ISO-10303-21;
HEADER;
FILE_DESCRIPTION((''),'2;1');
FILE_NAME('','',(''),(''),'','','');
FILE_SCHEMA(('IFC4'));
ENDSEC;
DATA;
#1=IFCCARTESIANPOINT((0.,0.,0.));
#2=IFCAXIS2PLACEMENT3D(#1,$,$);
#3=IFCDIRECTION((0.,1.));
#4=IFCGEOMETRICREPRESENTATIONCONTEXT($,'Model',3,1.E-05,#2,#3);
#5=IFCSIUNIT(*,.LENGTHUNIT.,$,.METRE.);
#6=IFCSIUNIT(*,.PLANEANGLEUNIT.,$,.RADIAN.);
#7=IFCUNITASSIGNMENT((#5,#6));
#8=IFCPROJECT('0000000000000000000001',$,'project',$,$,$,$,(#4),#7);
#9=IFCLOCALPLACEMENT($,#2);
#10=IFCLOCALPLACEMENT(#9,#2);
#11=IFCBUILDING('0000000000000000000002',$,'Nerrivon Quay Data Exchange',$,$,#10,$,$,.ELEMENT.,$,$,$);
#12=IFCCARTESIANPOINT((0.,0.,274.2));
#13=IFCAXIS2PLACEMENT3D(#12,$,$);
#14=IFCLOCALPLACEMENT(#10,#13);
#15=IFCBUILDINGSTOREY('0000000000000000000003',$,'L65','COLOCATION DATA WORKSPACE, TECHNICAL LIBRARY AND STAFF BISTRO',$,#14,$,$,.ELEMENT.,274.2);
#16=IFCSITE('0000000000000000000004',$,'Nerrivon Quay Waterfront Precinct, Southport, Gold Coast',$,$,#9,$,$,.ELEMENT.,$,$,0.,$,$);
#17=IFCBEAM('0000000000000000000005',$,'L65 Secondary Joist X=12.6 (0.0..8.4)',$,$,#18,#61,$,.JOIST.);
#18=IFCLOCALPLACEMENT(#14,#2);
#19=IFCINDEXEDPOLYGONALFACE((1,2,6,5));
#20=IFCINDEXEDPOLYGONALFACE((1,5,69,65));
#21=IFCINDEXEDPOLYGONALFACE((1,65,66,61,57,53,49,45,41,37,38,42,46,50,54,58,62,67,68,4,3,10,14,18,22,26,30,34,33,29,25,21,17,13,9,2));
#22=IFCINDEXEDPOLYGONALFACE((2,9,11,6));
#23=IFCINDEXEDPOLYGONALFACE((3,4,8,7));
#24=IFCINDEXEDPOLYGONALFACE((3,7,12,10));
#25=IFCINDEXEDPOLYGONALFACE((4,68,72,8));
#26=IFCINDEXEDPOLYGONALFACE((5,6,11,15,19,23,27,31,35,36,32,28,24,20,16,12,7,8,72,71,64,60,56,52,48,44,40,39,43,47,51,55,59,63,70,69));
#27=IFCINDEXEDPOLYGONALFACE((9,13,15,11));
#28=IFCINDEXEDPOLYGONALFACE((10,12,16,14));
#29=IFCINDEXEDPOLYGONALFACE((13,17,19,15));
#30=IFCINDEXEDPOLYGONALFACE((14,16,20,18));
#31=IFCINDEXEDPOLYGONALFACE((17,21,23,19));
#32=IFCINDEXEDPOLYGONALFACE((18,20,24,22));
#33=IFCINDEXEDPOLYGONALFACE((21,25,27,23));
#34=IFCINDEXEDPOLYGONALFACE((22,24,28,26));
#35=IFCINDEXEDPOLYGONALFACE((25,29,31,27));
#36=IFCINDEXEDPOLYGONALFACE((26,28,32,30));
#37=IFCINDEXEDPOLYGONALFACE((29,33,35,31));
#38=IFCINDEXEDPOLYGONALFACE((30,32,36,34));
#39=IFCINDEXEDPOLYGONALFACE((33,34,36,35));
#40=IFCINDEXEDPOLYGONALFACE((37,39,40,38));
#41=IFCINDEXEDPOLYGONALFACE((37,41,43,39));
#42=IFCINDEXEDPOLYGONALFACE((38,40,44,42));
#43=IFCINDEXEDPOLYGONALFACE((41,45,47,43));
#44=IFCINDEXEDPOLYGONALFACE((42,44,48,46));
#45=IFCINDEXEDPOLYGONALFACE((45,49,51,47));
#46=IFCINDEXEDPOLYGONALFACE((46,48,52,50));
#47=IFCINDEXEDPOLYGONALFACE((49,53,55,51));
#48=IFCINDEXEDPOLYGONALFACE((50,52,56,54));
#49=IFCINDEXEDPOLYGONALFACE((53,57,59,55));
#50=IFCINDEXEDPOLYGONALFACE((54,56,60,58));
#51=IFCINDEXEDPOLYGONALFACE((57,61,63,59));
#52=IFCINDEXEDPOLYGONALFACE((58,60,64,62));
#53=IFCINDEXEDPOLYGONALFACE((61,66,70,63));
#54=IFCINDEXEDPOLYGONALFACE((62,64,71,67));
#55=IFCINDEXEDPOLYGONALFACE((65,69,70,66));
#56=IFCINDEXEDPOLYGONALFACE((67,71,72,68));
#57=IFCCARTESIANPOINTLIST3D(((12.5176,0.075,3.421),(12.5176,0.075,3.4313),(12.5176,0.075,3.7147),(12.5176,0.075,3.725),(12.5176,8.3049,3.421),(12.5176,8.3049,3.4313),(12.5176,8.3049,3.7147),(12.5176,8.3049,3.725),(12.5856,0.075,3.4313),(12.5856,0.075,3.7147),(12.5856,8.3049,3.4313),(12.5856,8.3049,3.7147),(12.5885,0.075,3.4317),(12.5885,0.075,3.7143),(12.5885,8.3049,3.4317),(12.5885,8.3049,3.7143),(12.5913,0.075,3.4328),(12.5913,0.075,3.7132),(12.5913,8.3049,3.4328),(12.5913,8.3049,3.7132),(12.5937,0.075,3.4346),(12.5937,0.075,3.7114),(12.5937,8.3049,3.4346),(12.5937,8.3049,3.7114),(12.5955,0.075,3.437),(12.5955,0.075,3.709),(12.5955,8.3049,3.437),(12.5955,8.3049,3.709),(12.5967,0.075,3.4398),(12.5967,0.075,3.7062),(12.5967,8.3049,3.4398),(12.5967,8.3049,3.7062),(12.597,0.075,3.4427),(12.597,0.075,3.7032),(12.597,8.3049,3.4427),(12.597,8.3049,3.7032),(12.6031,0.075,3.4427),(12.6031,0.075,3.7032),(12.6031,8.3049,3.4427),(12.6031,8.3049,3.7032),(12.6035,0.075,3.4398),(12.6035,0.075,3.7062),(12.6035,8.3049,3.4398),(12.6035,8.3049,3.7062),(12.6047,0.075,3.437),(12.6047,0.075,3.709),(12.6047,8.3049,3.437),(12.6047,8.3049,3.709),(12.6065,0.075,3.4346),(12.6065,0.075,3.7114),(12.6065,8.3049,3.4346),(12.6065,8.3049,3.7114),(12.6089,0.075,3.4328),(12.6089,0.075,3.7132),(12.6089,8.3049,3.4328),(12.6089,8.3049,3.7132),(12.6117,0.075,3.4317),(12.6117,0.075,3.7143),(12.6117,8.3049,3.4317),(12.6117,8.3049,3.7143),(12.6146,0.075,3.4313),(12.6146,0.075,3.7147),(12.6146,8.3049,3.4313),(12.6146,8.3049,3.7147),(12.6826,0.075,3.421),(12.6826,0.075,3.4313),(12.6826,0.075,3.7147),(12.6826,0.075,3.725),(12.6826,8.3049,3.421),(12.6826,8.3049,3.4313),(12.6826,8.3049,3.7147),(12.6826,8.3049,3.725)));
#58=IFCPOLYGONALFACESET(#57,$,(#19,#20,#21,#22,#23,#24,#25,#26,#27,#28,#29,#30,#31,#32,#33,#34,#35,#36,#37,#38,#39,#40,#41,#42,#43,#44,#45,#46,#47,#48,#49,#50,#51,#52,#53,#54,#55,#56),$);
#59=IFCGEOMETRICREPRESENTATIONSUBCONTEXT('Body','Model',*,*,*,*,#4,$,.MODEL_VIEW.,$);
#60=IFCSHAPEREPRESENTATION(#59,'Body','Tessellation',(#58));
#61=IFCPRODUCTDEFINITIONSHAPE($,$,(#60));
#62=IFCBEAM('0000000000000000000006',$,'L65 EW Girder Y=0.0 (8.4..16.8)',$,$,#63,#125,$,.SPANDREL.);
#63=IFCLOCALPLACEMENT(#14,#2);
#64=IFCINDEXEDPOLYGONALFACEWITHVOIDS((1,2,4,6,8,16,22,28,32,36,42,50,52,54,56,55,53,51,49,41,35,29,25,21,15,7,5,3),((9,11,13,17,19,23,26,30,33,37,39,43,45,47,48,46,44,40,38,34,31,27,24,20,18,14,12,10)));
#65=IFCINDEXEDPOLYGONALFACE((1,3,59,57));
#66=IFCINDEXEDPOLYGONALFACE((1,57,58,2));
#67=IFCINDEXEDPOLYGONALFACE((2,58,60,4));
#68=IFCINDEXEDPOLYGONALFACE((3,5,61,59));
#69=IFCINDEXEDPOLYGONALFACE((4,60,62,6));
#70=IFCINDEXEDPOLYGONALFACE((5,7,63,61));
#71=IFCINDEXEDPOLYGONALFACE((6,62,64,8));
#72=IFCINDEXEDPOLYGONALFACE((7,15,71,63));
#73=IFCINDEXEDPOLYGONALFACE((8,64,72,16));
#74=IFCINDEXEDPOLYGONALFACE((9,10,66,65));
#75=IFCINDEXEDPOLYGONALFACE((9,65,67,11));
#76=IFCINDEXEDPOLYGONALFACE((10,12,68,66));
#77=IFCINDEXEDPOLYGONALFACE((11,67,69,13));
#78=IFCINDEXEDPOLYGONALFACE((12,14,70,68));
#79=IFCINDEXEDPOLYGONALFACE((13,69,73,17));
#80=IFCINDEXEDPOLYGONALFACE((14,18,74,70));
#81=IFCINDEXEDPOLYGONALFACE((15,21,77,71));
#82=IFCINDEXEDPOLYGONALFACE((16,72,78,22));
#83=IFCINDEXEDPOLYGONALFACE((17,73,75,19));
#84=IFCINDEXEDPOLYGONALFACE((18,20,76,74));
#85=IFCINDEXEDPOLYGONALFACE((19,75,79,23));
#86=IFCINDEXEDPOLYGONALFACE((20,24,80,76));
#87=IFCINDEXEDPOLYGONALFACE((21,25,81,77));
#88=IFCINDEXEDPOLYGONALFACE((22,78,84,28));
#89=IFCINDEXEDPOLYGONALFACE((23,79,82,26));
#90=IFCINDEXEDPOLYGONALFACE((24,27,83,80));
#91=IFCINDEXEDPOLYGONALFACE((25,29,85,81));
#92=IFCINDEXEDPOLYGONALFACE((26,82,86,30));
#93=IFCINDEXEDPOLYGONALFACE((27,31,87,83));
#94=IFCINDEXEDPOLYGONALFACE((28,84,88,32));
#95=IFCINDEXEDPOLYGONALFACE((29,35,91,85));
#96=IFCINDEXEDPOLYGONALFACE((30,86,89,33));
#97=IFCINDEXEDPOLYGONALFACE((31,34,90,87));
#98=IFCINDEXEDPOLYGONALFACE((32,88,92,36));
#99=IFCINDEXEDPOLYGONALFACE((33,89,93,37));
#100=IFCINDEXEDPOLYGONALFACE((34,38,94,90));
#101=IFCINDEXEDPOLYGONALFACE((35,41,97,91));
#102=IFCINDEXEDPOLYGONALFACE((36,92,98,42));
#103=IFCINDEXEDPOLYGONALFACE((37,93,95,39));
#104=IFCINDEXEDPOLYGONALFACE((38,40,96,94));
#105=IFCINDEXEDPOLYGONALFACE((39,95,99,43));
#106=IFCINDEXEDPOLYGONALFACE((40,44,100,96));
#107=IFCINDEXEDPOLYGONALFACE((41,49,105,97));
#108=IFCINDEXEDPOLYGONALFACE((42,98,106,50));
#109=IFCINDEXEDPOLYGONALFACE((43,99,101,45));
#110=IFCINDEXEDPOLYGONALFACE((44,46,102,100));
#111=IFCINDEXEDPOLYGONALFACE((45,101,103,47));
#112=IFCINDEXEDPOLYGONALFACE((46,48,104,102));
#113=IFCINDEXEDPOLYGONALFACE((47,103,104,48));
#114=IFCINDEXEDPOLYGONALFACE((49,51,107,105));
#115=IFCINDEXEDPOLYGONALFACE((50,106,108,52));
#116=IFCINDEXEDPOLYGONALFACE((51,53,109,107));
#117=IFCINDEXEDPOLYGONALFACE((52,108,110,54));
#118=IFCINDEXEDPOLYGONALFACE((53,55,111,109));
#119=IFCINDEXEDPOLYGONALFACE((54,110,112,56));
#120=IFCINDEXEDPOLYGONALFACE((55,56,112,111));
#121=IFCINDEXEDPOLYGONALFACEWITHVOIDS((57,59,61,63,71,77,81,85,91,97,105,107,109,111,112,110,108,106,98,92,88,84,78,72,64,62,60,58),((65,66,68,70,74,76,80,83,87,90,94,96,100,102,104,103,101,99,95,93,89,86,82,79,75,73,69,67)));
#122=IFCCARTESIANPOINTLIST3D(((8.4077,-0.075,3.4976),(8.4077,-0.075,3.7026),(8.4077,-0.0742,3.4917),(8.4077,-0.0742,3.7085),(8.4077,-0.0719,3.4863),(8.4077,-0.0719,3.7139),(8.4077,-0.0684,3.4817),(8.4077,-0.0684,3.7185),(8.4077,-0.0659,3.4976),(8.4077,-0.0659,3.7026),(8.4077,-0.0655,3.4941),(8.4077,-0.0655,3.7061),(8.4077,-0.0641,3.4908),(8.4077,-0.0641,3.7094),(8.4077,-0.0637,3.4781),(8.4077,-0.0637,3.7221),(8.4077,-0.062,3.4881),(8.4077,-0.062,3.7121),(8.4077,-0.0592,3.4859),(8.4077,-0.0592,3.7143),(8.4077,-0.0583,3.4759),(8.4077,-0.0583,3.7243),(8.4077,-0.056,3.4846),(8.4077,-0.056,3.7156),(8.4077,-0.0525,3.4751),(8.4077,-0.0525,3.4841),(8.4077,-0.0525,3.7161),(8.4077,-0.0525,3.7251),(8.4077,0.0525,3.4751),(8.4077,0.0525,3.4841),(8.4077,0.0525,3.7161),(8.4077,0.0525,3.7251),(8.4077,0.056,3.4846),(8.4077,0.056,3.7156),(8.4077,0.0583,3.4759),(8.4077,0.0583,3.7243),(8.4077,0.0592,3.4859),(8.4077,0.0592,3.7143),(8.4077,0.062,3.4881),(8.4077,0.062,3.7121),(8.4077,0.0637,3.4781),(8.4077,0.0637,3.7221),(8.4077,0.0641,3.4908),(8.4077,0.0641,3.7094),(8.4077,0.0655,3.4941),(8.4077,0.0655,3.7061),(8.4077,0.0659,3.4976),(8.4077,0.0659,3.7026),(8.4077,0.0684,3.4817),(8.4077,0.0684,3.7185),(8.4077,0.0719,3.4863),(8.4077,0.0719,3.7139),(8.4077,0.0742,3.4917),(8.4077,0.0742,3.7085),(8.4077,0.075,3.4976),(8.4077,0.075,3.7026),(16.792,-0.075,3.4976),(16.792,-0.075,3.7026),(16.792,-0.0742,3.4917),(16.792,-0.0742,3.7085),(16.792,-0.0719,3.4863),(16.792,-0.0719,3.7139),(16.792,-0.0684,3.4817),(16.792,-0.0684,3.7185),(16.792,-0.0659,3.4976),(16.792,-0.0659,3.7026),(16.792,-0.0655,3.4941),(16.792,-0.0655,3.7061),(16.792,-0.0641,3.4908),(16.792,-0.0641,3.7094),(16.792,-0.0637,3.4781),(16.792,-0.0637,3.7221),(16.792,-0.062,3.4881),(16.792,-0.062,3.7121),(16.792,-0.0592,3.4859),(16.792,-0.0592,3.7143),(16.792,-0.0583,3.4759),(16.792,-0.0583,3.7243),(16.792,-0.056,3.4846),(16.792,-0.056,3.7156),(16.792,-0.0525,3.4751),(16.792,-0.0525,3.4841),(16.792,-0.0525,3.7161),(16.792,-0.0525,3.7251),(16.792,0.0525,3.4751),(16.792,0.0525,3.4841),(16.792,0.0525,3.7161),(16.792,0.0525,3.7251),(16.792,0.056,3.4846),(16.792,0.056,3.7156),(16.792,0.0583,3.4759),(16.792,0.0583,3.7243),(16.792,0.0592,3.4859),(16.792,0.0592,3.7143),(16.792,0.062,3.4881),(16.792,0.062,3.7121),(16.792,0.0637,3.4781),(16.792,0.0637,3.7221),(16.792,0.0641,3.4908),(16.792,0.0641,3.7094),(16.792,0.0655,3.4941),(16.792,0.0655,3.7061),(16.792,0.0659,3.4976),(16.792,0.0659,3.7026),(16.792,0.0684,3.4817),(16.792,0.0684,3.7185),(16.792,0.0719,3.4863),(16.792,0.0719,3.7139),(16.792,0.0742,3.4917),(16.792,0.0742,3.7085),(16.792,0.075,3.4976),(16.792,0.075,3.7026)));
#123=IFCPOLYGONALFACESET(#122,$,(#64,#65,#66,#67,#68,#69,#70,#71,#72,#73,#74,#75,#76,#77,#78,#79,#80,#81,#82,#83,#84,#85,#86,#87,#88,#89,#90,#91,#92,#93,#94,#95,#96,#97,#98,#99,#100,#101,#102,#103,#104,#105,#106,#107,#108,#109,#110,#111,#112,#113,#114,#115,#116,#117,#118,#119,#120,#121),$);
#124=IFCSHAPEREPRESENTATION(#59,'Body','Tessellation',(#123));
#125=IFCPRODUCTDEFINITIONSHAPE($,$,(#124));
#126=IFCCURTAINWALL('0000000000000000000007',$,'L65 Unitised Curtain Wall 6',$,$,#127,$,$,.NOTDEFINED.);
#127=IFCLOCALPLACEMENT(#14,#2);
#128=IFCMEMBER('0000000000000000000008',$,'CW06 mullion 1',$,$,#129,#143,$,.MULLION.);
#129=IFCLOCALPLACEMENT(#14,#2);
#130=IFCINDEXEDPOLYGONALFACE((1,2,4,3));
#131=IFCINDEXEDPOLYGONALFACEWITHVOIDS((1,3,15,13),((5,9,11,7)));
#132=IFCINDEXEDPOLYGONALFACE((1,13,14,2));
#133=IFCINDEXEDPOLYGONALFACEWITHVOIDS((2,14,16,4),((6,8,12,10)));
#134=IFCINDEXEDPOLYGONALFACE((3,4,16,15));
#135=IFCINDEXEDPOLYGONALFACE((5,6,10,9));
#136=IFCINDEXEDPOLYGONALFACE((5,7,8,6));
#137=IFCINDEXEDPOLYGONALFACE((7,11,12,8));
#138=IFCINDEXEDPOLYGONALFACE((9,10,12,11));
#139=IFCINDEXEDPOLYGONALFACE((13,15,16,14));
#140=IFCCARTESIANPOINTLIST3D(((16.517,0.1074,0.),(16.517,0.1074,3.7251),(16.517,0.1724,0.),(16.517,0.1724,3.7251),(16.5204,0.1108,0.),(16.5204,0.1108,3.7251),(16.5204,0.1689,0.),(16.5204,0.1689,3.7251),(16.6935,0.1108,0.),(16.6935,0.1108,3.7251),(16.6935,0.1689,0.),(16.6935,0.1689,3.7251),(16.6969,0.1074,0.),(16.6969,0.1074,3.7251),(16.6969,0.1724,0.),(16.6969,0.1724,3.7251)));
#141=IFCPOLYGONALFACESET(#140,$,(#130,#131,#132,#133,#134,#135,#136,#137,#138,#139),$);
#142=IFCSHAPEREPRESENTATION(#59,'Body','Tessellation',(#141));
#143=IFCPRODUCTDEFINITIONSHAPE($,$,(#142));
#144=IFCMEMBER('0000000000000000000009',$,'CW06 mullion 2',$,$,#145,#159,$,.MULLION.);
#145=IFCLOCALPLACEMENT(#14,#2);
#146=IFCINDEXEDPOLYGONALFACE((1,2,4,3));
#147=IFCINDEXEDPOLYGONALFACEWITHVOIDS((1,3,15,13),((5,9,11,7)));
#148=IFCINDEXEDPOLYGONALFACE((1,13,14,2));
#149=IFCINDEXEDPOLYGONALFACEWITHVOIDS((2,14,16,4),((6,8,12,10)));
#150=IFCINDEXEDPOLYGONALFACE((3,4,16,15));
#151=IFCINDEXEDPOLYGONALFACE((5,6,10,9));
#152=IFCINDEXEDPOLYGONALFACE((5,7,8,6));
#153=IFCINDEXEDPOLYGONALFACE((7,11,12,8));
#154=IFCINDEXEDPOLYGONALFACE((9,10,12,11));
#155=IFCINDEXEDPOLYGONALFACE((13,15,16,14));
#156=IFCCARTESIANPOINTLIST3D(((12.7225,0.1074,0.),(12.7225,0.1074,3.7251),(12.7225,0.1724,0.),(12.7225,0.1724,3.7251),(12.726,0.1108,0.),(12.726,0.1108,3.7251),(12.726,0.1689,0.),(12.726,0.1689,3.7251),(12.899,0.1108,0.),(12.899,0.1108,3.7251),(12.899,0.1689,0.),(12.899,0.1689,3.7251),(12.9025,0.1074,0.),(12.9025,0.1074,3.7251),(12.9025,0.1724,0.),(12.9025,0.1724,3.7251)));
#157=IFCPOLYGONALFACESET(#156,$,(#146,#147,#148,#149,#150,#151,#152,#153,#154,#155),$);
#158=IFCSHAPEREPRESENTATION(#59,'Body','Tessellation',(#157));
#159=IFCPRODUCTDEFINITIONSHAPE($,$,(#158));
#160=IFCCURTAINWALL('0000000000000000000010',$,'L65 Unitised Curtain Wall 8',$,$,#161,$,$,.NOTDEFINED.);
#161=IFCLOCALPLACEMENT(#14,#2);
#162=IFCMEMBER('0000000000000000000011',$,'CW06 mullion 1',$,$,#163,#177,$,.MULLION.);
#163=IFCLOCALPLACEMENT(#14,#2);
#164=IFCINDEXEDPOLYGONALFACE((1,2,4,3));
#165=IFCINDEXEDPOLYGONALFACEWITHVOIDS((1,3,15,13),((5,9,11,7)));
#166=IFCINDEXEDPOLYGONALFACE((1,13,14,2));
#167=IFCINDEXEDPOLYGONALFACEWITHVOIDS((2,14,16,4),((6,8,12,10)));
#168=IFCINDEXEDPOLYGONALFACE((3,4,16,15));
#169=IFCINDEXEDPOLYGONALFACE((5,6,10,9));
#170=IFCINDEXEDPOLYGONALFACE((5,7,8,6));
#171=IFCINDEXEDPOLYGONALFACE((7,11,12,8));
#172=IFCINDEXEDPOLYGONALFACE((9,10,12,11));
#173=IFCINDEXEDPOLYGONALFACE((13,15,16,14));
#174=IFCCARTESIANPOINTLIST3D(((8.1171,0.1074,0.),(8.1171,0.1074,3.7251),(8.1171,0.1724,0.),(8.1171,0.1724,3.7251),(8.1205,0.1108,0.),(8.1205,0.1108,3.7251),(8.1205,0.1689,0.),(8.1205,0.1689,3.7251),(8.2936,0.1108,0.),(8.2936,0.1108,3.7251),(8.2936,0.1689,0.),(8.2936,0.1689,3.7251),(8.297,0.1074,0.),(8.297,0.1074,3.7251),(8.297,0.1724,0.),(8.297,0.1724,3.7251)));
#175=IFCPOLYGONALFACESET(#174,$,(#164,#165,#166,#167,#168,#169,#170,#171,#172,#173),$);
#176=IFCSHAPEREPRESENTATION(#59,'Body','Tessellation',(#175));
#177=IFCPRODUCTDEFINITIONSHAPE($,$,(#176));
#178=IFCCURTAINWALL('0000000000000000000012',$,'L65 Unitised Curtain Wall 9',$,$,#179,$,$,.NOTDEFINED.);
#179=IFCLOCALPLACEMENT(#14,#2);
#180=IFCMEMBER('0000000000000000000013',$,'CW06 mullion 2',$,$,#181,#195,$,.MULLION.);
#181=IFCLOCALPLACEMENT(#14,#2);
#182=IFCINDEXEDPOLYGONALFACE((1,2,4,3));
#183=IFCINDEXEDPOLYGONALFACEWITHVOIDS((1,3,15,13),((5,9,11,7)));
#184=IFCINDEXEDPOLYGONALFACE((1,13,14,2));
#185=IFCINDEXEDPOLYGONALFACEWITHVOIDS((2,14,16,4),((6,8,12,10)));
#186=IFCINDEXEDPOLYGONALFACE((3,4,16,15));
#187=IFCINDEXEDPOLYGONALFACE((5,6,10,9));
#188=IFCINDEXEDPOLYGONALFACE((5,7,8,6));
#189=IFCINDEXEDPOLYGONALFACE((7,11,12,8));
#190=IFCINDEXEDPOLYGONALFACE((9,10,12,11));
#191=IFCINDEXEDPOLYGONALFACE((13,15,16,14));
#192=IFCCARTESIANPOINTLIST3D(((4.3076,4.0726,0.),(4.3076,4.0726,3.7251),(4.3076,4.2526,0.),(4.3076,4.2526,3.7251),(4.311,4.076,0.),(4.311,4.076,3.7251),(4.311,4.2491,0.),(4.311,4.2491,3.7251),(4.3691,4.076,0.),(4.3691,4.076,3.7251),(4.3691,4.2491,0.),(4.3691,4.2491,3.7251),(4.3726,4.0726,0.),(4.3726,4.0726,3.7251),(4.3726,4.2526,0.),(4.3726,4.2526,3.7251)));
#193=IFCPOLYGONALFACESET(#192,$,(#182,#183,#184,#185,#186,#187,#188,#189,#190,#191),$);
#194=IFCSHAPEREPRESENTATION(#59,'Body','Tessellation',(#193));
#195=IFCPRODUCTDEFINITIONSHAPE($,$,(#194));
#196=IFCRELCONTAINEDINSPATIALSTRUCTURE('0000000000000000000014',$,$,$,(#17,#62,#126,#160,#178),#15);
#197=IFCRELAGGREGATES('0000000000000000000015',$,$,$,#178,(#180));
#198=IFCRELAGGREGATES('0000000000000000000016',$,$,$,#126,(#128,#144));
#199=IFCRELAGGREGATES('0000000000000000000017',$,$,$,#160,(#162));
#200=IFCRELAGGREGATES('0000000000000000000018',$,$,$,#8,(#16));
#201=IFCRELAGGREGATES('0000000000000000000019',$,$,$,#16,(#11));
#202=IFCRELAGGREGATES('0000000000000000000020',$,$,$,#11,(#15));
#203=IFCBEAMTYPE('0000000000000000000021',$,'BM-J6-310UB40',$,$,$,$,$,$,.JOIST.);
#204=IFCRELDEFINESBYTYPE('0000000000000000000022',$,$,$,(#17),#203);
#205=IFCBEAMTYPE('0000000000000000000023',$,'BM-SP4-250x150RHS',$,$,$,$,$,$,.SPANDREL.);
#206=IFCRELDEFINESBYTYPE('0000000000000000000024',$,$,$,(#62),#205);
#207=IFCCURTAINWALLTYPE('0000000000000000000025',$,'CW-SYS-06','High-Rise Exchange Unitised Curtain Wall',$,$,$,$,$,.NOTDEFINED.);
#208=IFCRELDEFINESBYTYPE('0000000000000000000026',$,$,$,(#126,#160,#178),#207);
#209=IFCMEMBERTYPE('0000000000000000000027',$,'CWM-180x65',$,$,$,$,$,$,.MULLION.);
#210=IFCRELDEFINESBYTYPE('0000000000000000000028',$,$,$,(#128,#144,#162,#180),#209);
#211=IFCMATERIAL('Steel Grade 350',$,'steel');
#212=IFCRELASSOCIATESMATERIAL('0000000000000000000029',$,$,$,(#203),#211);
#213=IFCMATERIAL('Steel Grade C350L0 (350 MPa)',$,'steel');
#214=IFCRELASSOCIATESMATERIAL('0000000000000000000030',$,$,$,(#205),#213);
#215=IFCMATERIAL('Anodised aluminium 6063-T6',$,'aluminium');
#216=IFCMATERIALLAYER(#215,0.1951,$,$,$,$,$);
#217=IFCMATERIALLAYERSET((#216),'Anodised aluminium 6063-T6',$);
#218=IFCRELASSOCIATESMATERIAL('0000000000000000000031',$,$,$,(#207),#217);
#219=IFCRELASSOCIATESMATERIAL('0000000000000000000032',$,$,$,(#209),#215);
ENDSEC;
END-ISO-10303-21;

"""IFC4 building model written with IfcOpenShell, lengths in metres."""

from ifc_helpers import new_model, si_unit, direction, frame, origin, origin_2d, place, context, subcontext, project, spatial, hollow_rectangle, i_section, extrude, material, layer, layer_set, material_profile, profile_set, type_object, element, aggregate, save


model = new_model("IFC4")

# Units and contexts
model_context = context("Model", 3, precision=1e-05, world=origin(), true_north=direction((0.0, 1.0)))
body_context = subcontext(model_context, "Body", "Model", "MODEL_VIEW")
ifc_project = project(units=[si_unit("LENGTHUNIT", "METRE"), si_unit("PLANEANGLEUNIT", "RADIAN")], contexts=[model_context])

# Site, building, storey
site_placement = place(None, origin())
site = spatial("IfcSite", under=ifc_project, at=site_placement, Name="Nerrivon Quay Waterfront Precinct, Southport, Gold Coast", CompositionType="ELEMENT", RefElevation=0.0)
building_placement = place(site_placement, origin())
building = spatial("IfcBuilding", under=site, at=building_placement, Name="Nerrivon Quay Data Exchange", CompositionType="ELEMENT")
storey_placement = place(building_placement, frame((0.0, 0.0, 274.2)))
storey = spatial("IfcBuildingStorey", under=building, at=storey_placement, Name="L65", Description="COLOCATION DATA WORKSPACE, TECHNICAL LIBRARY AND STAFF BISTRO", CompositionType="ELEMENT", Elevation=274.2)

# Shared definitions
ifc_material_1 = material(Name="Steel Grade 350", Category="steel")

# Beams
ifc_material_profile_1 = material_profile(ifc_material_1, i_section(OverallWidth=0.165, OverallDepth=0.304, WebThickness=0.0061, FlangeThickness=0.0103, FilletRadius=0.0115, at=origin_2d()), Name="310UB40.4")
ifc_profile_set_1 = profile_set([ifc_material_profile_1], Name="Steel Grade 350")
beam_type_1 = type_object("IfcBeamType", Name="BM-J6-310UB40", PredefinedType="JOIST", material=ifc_profile_set_1)
beam_1_placement = place(storey_placement, frame((12.6001, 0.075, 3.573), z_axis=(0.0, 1.0, 0.0), x_axis=(-1.0, 0.0, 0.0)))
element("IfcBeam", 1, at=beam_1_placement, inside=storey, type_object=beam_type_1, Name="L65 Secondary Joist X=12.6 (0.0..8.4)", PredefinedType="JOIST", context=body_context, shape_type="SweptSolid", body=[
    extrude(i_section(OverallWidth=0.165, OverallDepth=0.304, WebThickness=0.0061, FlangeThickness=0.0103, FilletRadius=0.0115, at=origin_2d()), origin(), (0.0, 0.0, 1.0), 8.23),
])
ifc_material_2 = material(Name="Steel Grade C350L0 (350 MPa)", Category="steel")
ifc_material_profile_2 = material_profile(ifc_material_2, hollow_rectangle(XDim=0.1499, YDim=0.25, WallThickness=0.009, InnerFilletRadius=0.0134, OuterFilletRadius=0.0225, at=origin_2d()), Name="250x150x9.0RHS")
ifc_profile_set_2 = profile_set([ifc_material_profile_2], Name="Steel Grade C350L0 (350 MPa)")
beam_type_2 = type_object("IfcBeamType", Name="BM-SP4-250x150RHS", PredefinedType="SPANDREL", material=ifc_profile_set_2)
beam_2_placement = place(storey_placement, frame((8.4077, 0.0, 3.6001), z_axis=(1.0, 0.0, 0.0), x_axis=(0.0, 1.0, 0.0)))
element("IfcBeam", 2, at=beam_2_placement, inside=storey, type_object=beam_type_2, Name="L65 EW Girder Y=0.0 (8.4..16.8)", PredefinedType="SPANDREL", context=body_context, shape_type="SweptSolid", body=[
    extrude(hollow_rectangle(XDim=0.1499, YDim=0.25, WallThickness=0.009, InnerFilletRadius=0.0134, OuterFilletRadius=0.0225, at=origin_2d()), origin(), (0.0, 0.0, 1.0), 8.3843),
])

# Curtain wall, members
ifc_material_3 = material(Name="Anodised aluminium 6063-T6", Category="aluminium")
ifc_layer_1 = layer(ifc_material_3, 0.1951)
ifc_layer_set_1 = layer_set([ifc_layer_1], Name="Anodised aluminium 6063-T6")
curtain_wall_type = type_object("IfcCurtainWallType", Name="CW-SYS-06", Description="High-Rise Exchange Unitised Curtain Wall", PredefinedType="NOTDEFINED", material=ifc_layer_set_1)
curtain_wall_1_placement = place(storey_placement, origin())
curtain_wall_1 = element("IfcCurtainWall", 3, at=curtain_wall_1_placement, inside=storey, type_object=curtain_wall_type, Name="L65 Unitised Curtain Wall 6", PredefinedType="NOTDEFINED")
ifc_material_profile_3 = material_profile(ifc_material_3, hollow_rectangle(XDim=0.0649, YDim=0.1799, WallThickness=0.0034, at=origin_2d()), Name="ALU-MULL-180x65")
ifc_profile_set_3 = profile_set([ifc_material_profile_3], Name="Anodised aluminium 6063-T6")
member_type_1 = type_object("IfcMemberType", Name="CWM-180x65", PredefinedType="MULLION", material=ifc_profile_set_3)
member_1_placement = place(storey_placement, frame((16.6069, 0.1399, 0.0), z_axis=(0.0, 0.0, 1.0), x_axis=(0.0, -1.0, 0.0)))
member_1 = element("IfcMember", 4, at=member_1_placement, type_object=member_type_1, Name="CW06 mullion 1", PredefinedType="MULLION", context=body_context, shape_type="SweptSolid", body=[
    extrude(hollow_rectangle(XDim=0.0649, YDim=0.1799, WallThickness=0.0034, at=origin_2d()), origin(), (0.0, 0.0, 1.0), 3.7251),
])
member_2_placement = place(storey_placement, frame((12.8125, 0.1399, 0.0), z_axis=(0.0, 0.0, 1.0), x_axis=(0.0, -1.0, 0.0)))
member_2 = element("IfcMember", 5, at=member_2_placement, type_object=member_type_1, Name="CW06 mullion 2", PredefinedType="MULLION", context=body_context, shape_type="SweptSolid", body=[
    extrude(hollow_rectangle(XDim=0.0649, YDim=0.1799, WallThickness=0.0034, at=origin_2d()), origin(), (0.0, 0.0, 1.0), 3.7251),
])

# Curtain walls, members
curtain_wall_2_placement = place(storey_placement, origin())
curtain_wall_2 = element("IfcCurtainWall", 6, at=curtain_wall_2_placement, inside=storey, type_object=curtain_wall_type, Name="L65 Unitised Curtain Wall 8", PredefinedType="NOTDEFINED")
member_3_placement = place(storey_placement, frame((8.207, 0.1399, 0.0), z_axis=(0.0, 0.0, 1.0), x_axis=(0.0, -1.0, 0.0)))
member_3 = element("IfcMember", 7, at=member_3_placement, type_object=member_type_1, Name="CW06 mullion 1", PredefinedType="MULLION", context=body_context, shape_type="SweptSolid", body=[
    extrude(hollow_rectangle(XDim=0.0649, YDim=0.1799, WallThickness=0.0034, at=origin_2d()), origin(), (0.0, 0.0, 1.0), 3.7251),
])
curtain_wall_3_placement = place(storey_placement, origin())
curtain_wall_3 = element("IfcCurtainWall", 8, at=curtain_wall_3_placement, inside=storey, type_object=curtain_wall_type, Name="L65 Unitised Curtain Wall 9", PredefinedType="NOTDEFINED")
member_4_placement = place(storey_placement, frame((4.3401, 4.1626, 0.0), z_axis=(0.0, 0.0, 1.0), x_axis=(-1.0, 0.0, 0.0)))
member_4 = element("IfcMember", 9, at=member_4_placement, type_object=member_type_1, Name="CW06 mullion 2", PredefinedType="MULLION", context=body_context, shape_type="SweptSolid", body=[
    extrude(hollow_rectangle(XDim=0.0649, YDim=0.1799, WallThickness=0.0034, at=origin_2d()), origin(), (0.0, 0.0, 1.0), 3.7251),
])
aggregate(curtain_wall_3, [member_4])

aggregate(curtain_wall_1, [member_1, member_2])
aggregate(curtain_wall_2, [member_3])

save(model, "model.ifc")
